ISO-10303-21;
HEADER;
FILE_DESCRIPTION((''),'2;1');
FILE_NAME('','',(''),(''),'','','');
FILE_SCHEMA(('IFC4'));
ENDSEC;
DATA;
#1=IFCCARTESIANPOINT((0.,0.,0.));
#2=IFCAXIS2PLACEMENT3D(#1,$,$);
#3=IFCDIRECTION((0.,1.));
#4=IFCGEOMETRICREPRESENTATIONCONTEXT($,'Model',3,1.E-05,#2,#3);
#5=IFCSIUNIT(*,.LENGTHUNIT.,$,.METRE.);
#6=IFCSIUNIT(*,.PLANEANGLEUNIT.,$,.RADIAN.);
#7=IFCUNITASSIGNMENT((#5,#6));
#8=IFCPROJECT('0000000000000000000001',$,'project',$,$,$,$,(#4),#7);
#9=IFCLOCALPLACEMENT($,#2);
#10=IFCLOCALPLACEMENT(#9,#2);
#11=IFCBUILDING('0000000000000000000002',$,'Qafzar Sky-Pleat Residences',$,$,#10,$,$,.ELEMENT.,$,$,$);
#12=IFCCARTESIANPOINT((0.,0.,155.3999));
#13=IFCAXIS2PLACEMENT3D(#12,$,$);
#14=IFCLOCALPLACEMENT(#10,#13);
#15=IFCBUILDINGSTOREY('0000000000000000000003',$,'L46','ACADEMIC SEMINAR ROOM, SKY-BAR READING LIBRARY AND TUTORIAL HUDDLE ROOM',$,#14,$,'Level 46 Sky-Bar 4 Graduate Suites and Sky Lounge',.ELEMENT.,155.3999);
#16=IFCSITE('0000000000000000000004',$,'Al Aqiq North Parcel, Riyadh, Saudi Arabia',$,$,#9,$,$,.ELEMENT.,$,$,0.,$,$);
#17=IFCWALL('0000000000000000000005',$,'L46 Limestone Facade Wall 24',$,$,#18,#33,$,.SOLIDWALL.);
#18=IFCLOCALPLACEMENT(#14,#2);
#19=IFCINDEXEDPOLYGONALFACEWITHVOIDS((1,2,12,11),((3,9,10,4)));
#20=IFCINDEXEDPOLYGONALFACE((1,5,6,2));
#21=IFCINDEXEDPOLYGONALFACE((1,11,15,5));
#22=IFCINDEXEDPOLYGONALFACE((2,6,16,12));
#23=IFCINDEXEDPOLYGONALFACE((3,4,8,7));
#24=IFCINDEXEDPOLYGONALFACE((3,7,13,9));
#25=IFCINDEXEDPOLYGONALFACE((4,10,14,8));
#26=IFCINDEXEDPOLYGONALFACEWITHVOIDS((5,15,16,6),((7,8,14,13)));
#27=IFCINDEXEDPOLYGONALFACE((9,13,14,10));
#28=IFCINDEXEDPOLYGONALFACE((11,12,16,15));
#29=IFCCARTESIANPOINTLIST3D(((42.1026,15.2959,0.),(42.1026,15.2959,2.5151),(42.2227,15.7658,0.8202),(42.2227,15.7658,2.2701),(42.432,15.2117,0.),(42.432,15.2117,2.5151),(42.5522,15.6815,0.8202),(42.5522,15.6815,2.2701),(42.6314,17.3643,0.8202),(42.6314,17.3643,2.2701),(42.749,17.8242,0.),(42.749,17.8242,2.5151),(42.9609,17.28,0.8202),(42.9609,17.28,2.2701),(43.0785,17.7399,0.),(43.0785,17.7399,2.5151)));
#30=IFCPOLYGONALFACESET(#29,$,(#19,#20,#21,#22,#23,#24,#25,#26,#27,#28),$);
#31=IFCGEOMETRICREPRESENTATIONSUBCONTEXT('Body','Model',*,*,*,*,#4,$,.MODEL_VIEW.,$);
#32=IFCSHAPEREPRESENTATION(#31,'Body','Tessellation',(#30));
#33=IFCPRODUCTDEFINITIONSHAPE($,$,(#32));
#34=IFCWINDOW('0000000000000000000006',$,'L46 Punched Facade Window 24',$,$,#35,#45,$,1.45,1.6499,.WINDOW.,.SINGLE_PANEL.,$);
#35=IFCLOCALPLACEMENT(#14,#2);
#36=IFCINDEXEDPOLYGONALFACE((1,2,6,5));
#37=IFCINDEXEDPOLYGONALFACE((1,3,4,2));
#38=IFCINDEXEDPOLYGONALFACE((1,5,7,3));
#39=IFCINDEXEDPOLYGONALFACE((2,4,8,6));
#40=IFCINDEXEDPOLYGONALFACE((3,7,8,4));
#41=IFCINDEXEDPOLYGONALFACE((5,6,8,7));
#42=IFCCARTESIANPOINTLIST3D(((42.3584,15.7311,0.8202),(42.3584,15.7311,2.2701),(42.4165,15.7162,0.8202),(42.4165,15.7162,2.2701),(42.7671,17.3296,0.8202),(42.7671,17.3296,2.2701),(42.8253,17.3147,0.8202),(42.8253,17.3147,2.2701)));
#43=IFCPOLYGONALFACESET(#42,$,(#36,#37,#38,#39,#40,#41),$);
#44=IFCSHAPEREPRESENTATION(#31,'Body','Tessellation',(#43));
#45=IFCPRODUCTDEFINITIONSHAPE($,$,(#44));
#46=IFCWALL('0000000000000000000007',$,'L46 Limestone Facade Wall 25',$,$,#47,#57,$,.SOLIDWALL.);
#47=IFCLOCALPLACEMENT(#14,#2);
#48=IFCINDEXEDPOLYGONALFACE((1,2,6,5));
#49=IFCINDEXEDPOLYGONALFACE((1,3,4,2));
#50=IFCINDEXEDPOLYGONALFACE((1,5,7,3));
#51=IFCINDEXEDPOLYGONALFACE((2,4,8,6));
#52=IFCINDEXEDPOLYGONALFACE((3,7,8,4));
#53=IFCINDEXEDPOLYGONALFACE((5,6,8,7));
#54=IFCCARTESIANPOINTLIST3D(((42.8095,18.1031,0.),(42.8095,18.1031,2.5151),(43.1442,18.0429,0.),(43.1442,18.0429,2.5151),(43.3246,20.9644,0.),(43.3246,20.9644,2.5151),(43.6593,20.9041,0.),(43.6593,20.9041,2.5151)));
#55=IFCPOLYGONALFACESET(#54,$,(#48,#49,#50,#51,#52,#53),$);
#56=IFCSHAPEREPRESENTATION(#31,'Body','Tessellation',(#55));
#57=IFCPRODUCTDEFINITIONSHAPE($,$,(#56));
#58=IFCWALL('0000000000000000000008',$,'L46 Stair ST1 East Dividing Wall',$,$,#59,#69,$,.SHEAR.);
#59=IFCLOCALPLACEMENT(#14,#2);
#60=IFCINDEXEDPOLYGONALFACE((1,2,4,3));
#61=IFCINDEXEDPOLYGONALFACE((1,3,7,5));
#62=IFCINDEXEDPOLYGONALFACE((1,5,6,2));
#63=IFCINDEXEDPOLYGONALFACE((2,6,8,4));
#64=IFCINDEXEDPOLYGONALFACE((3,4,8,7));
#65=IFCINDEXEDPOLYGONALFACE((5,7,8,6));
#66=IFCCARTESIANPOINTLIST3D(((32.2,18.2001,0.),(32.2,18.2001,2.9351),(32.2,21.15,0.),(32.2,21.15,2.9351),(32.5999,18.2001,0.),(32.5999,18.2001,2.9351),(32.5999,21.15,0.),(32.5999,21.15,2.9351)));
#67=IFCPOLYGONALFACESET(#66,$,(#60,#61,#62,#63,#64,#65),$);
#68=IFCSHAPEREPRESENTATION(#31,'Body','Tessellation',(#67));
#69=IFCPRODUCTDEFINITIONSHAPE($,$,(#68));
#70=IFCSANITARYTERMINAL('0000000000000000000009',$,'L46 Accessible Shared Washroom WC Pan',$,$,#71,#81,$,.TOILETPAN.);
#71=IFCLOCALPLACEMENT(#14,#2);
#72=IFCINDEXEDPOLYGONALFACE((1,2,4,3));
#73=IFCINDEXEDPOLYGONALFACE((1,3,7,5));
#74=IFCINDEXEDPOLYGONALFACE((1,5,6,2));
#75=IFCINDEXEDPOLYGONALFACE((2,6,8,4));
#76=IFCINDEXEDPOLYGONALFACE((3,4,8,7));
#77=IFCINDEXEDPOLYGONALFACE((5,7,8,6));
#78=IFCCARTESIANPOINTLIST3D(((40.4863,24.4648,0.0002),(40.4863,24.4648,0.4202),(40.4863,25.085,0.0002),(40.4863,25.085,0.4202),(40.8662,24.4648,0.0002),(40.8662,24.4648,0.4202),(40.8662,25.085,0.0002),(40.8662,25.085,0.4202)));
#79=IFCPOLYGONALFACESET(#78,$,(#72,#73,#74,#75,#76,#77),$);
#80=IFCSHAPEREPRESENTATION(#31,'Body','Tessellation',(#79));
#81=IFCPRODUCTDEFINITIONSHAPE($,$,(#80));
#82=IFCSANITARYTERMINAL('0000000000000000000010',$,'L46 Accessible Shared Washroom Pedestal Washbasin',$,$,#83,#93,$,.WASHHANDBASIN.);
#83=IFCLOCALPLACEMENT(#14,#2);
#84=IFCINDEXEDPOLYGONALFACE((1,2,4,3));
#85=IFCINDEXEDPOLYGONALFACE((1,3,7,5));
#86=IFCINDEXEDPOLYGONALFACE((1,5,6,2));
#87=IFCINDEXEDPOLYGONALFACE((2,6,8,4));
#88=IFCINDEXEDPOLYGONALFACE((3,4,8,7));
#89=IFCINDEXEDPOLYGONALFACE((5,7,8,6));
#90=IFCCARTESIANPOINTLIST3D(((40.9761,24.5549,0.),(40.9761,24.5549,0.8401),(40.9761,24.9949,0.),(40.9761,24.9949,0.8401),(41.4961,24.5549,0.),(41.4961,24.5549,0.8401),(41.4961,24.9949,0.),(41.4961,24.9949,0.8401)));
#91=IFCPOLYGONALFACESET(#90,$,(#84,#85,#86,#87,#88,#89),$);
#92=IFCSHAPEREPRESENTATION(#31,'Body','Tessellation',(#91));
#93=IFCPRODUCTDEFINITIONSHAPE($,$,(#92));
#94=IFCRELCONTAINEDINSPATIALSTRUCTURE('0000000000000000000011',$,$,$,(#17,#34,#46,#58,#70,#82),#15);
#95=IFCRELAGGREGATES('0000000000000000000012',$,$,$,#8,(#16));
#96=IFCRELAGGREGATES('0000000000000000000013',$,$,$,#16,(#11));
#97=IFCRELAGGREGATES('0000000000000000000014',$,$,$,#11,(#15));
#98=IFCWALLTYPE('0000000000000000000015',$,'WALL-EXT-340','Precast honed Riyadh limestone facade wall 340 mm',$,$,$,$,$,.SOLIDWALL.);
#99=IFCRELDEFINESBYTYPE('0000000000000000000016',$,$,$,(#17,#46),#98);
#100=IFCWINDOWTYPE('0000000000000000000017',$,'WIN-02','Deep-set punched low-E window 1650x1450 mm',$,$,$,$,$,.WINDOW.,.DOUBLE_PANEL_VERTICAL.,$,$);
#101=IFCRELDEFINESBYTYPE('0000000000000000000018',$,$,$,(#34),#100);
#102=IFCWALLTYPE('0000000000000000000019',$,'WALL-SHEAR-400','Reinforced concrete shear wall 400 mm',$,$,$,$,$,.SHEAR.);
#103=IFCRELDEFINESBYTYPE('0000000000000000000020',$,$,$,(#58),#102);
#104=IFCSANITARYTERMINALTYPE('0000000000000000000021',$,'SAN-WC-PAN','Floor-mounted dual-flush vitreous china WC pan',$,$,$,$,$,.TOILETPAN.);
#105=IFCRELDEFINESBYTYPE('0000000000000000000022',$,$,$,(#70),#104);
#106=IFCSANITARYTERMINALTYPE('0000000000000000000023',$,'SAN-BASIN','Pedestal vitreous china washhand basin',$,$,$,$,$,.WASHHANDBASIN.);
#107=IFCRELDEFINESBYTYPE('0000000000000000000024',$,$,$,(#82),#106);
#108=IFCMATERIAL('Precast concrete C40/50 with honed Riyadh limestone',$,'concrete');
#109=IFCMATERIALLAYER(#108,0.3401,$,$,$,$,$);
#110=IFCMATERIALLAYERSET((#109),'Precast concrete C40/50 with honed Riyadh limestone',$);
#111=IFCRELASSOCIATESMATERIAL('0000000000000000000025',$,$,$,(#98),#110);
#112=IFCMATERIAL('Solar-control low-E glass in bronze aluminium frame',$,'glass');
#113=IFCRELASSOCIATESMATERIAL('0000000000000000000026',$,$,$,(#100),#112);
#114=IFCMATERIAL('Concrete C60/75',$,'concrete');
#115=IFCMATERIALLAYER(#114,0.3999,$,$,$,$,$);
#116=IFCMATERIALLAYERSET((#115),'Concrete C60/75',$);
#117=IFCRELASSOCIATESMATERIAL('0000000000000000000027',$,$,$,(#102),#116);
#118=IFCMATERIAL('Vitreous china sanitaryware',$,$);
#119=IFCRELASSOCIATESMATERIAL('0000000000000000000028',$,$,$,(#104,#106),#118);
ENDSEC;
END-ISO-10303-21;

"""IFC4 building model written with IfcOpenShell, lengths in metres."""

from ifc_helpers import new_model, si_unit, direction, frame, frame_2d, origin, origin_2d, place, context, subcontext, project, spatial, rectangle, extrude, source, transform, mapped, material, layer, layer_set, type_object, element, fill, save


model = new_model("IFC4")

# Units and contexts
model_context = context("Model", 3, precision=1e-05, world=origin(), true_north=direction((0.0, 1.0)))
body_context = subcontext(model_context, "Body", "Model", "MODEL_VIEW")
ifc_project = project(units=[si_unit("LENGTHUNIT", "METRE"), si_unit("PLANEANGLEUNIT", "RADIAN")], contexts=[model_context])

# Site, building, storey
site_placement = place(None, origin())
site = spatial("IfcSite", under=ifc_project, at=site_placement, Name="Al Aqiq North Parcel, Riyadh, Saudi Arabia", CompositionType="ELEMENT", RefElevation=0.0)
building_placement = place(site_placement, origin())
building = spatial("IfcBuilding", under=site, at=building_placement, Name="Qafzar Sky-Pleat Residences", CompositionType="ELEMENT")
storey_placement = place(building_placement, frame((0.0, 0.0, 155.3999)))
storey = spatial("IfcBuildingStorey", under=building, at=storey_placement, Name="L46", Description="ACADEMIC SEMINAR ROOM, SKY-BAR READING LIBRARY AND TUTORIAL HUDDLE ROOM", LongName="Level 46 Sky-Bar 4 Graduate Suites and Sky Lounge", CompositionType="ELEMENT", Elevation=155.3999)

# Shared definitions
ifc_material_1 = material(Name="Concrete C60/75", Category="concrete")

# Shared definitions
ifc_material_2 = material(Name="Precast concrete C40/50 with honed Riyadh limestone", Category="concrete")

# Wall, opening, window
ifc_layer_1 = layer(ifc_material_2, 0.3401)
ifc_layer_set_1 = layer_set([ifc_layer_1], Name="Precast concrete C40/50 with honed Riyadh limestone")
wall_type_1 = type_object("IfcWallType", Name="WALL-EXT-340", Description="Precast honed Riyadh limestone facade wall 340 mm", PredefinedType="SOLIDWALL", material=ifc_layer_set_1)
wall_1_placement = place(storey_placement, frame((42.2673, 15.2539, 0.0), z_axis=(0.0, 0.0, 1.0), x_axis=(0.247727, 0.96883, 0.0)))
wall_1 = element("IfcWall", 1, at=wall_1_placement, inside=storey, type_object=wall_type_1, Name="L46 Limestone Facade Wall 24", PredefinedType="SOLIDWALL", context=body_context, shape_type="SweptSolid", body=[
    extrude(rectangle(XDim=2.6096, YDim=0.3401, at=frame_2d((1.3047, 0.0))), origin(), (0.0, 0.0, 1.0), 2.5151),
])
opening_1_placement = place(wall_1_placement, frame((0.4849, 0.0, 0.8201)))
opening_1 = element("IfcOpeningElement", 2, at=opening_1_placement, cuts=wall_1, PredefinedType="OPENING", context=body_context, shape_type="SweptSolid", body=[
    extrude(rectangle(XDim=1.6499, YDim=1.45, at=frame_2d((0.825, 0.7251))), frame((0.0, 0.1802, 0.0), z_axis=(0.0, -1.0, 0.0), x_axis=(1.0, 0.0, 0.0)), (0.0, 0.0, 1.0), 0.3601),
])
ifc_material_3 = material(Name="Solar-control low-E glass in bronze aluminium frame", Category="glass")
window_type = type_object("IfcWindowType", Name="WIN-02", Description="Deep-set punched low-E window 1650x1450 mm", PartitioningType="DOUBLE_PANEL_VERTICAL", PredefinedType="WINDOW", material=ifc_material_3)
shared_shape_1 = source(origin(), body_context, "Body", "SweptSolid", [
    extrude(rectangle(XDim=1.6499, YDim=1.45, at=frame_2d((0.825, 0.7251))), frame((0.0, 0.03, 0.0), z_axis=(0.0, -1.0, 0.0), x_axis=(1.0, 0.0, 0.0)), (0.0, 0.0, 1.0), 0.0601),
])
window_placement = place(opening_1_placement, origin())
window = element("IfcWindow", 3, at=window_placement, inside=storey, type_object=window_type, Name="L46 Punched Facade Window 24", OverallHeight=1.45, OverallWidth=1.6499, PartitioningType="SINGLE_PANEL", PredefinedType="WINDOW", context=body_context, shape_type="MappedRepresentation", body=[
    mapped(shared_shape_1, transform((0.0, 0.0, 0.0), x_axis=(1.0, 0.0, 0.0), y_axis=(0.0, 1.0, 0.0), z_axis=(0.0, 0.0, 1.0), scale=1.0)),
])
fill(opening_1, window)

# Walls
wall_2_placement = place(storey_placement, frame((42.9768, 18.073, 0.0), z_axis=(0.0, 0.0, 1.0), x_axis=(0.177186, 0.984177, 0.0)))
element("IfcWall", 4, at=wall_2_placement, inside=storey, type_object=wall_type_1, Name="L46 Limestone Facade Wall 25", PredefinedType="SOLIDWALL", context=body_context, shape_type="SweptSolid", body=[
    extrude(rectangle(XDim=2.9072, YDim=0.3401, at=frame_2d((1.4536, 0.0))), origin(), (0.0, 0.0, 1.0), 2.5151),
])
ifc_layer_2 = layer(ifc_material_1, 0.3999)
ifc_layer_set_2 = layer_set([ifc_layer_2], Name="Concrete C60/75")
wall_type_2 = type_object("IfcWallType", Name="WALL-SHEAR-400", Description="Reinforced concrete shear wall 400 mm", PredefinedType="SHEAR", material=ifc_layer_set_2)
wall_3_placement = place(storey_placement, frame((32.3999, 18.2, 0.0), z_axis=(0.0, 0.0, 1.0), x_axis=(0.0, 1.0, 0.0)))
element("IfcWall", 5, at=wall_3_placement, inside=storey, type_object=wall_type_2, Name="L46 Stair ST1 East Dividing Wall", PredefinedType="SHEAR", context=body_context, shape_type="SweptSolid", body=[
    extrude(rectangle(XDim=2.95, YDim=0.3999, at=frame_2d((1.4751, 0.0))), origin(), (0.0, 0.0, 1.0), 2.9351),
])

# Sanitary terminals
ifc_material_4 = material(Name="Vitreous china sanitaryware")
sanitary_terminal_type_1 = type_object("IfcSanitaryTerminalType", Name="SAN-WC-PAN", Description="Floor-mounted dual-flush vitreous china WC pan", PredefinedType="TOILETPAN", material=ifc_material_4)
shared_shape_2 = source(origin(), body_context, "Body", "SweptSolid", [
    extrude(rectangle(XDim=0.3799, YDim=0.6201, at=origin_2d()), origin(), (0.0, 0.0, 1.0), 0.4199),
])
sanitary_terminal_1_placement = place(storey_placement, frame((40.6763, 24.7749, 0.0002), z_axis=(0.0, 0.0, 1.0), x_axis=(1.0, 0.0, 0.0)))
element("IfcSanitaryTerminal", 6, at=sanitary_terminal_1_placement, inside=storey, type_object=sanitary_terminal_type_1, Name="L46 Accessible Shared Washroom WC Pan", PredefinedType="TOILETPAN", context=body_context, shape_type="MappedRepresentation", body=[
    mapped(shared_shape_2, transform((0.0, 0.0, 0.0), x_axis=(1.0, 0.0, 0.0), y_axis=(0.0, 1.0, 0.0), z_axis=(0.0, 0.0, 1.0), scale=1.0)),
])
sanitary_terminal_type_2 = type_object("IfcSanitaryTerminalType", Name="SAN-BASIN", Description="Pedestal vitreous china washhand basin", PredefinedType="WASHHANDBASIN", material=ifc_material_4)
shared_shape_3 = source(origin(), body_context, "Body", "SweptSolid", [
    extrude(rectangle(XDim=0.52, YDim=0.4399, at=origin_2d()), origin(), (0.0, 0.0, 1.0), 0.8401),
])
sanitary_terminal_2_placement = place(storey_placement, frame((41.2361, 24.7749, 0.0), z_axis=(0.0, 0.0, 1.0), x_axis=(1.0, 0.0, 0.0)))
element("IfcSanitaryTerminal", 7, at=sanitary_terminal_2_placement, inside=storey, type_object=sanitary_terminal_type_2, Name="L46 Accessible Shared Washroom Pedestal Washbasin", PredefinedType="WASHHANDBASIN", context=body_context, shape_type="MappedRepresentation", body=[
    mapped(shared_shape_3, transform((0.0, 0.0, 0.0), x_axis=(1.0, 0.0, 0.0), y_axis=(0.0, 1.0, 0.0), z_axis=(0.0, 0.0, 1.0), scale=1.0)),
])

save(model, "model.ifc")
